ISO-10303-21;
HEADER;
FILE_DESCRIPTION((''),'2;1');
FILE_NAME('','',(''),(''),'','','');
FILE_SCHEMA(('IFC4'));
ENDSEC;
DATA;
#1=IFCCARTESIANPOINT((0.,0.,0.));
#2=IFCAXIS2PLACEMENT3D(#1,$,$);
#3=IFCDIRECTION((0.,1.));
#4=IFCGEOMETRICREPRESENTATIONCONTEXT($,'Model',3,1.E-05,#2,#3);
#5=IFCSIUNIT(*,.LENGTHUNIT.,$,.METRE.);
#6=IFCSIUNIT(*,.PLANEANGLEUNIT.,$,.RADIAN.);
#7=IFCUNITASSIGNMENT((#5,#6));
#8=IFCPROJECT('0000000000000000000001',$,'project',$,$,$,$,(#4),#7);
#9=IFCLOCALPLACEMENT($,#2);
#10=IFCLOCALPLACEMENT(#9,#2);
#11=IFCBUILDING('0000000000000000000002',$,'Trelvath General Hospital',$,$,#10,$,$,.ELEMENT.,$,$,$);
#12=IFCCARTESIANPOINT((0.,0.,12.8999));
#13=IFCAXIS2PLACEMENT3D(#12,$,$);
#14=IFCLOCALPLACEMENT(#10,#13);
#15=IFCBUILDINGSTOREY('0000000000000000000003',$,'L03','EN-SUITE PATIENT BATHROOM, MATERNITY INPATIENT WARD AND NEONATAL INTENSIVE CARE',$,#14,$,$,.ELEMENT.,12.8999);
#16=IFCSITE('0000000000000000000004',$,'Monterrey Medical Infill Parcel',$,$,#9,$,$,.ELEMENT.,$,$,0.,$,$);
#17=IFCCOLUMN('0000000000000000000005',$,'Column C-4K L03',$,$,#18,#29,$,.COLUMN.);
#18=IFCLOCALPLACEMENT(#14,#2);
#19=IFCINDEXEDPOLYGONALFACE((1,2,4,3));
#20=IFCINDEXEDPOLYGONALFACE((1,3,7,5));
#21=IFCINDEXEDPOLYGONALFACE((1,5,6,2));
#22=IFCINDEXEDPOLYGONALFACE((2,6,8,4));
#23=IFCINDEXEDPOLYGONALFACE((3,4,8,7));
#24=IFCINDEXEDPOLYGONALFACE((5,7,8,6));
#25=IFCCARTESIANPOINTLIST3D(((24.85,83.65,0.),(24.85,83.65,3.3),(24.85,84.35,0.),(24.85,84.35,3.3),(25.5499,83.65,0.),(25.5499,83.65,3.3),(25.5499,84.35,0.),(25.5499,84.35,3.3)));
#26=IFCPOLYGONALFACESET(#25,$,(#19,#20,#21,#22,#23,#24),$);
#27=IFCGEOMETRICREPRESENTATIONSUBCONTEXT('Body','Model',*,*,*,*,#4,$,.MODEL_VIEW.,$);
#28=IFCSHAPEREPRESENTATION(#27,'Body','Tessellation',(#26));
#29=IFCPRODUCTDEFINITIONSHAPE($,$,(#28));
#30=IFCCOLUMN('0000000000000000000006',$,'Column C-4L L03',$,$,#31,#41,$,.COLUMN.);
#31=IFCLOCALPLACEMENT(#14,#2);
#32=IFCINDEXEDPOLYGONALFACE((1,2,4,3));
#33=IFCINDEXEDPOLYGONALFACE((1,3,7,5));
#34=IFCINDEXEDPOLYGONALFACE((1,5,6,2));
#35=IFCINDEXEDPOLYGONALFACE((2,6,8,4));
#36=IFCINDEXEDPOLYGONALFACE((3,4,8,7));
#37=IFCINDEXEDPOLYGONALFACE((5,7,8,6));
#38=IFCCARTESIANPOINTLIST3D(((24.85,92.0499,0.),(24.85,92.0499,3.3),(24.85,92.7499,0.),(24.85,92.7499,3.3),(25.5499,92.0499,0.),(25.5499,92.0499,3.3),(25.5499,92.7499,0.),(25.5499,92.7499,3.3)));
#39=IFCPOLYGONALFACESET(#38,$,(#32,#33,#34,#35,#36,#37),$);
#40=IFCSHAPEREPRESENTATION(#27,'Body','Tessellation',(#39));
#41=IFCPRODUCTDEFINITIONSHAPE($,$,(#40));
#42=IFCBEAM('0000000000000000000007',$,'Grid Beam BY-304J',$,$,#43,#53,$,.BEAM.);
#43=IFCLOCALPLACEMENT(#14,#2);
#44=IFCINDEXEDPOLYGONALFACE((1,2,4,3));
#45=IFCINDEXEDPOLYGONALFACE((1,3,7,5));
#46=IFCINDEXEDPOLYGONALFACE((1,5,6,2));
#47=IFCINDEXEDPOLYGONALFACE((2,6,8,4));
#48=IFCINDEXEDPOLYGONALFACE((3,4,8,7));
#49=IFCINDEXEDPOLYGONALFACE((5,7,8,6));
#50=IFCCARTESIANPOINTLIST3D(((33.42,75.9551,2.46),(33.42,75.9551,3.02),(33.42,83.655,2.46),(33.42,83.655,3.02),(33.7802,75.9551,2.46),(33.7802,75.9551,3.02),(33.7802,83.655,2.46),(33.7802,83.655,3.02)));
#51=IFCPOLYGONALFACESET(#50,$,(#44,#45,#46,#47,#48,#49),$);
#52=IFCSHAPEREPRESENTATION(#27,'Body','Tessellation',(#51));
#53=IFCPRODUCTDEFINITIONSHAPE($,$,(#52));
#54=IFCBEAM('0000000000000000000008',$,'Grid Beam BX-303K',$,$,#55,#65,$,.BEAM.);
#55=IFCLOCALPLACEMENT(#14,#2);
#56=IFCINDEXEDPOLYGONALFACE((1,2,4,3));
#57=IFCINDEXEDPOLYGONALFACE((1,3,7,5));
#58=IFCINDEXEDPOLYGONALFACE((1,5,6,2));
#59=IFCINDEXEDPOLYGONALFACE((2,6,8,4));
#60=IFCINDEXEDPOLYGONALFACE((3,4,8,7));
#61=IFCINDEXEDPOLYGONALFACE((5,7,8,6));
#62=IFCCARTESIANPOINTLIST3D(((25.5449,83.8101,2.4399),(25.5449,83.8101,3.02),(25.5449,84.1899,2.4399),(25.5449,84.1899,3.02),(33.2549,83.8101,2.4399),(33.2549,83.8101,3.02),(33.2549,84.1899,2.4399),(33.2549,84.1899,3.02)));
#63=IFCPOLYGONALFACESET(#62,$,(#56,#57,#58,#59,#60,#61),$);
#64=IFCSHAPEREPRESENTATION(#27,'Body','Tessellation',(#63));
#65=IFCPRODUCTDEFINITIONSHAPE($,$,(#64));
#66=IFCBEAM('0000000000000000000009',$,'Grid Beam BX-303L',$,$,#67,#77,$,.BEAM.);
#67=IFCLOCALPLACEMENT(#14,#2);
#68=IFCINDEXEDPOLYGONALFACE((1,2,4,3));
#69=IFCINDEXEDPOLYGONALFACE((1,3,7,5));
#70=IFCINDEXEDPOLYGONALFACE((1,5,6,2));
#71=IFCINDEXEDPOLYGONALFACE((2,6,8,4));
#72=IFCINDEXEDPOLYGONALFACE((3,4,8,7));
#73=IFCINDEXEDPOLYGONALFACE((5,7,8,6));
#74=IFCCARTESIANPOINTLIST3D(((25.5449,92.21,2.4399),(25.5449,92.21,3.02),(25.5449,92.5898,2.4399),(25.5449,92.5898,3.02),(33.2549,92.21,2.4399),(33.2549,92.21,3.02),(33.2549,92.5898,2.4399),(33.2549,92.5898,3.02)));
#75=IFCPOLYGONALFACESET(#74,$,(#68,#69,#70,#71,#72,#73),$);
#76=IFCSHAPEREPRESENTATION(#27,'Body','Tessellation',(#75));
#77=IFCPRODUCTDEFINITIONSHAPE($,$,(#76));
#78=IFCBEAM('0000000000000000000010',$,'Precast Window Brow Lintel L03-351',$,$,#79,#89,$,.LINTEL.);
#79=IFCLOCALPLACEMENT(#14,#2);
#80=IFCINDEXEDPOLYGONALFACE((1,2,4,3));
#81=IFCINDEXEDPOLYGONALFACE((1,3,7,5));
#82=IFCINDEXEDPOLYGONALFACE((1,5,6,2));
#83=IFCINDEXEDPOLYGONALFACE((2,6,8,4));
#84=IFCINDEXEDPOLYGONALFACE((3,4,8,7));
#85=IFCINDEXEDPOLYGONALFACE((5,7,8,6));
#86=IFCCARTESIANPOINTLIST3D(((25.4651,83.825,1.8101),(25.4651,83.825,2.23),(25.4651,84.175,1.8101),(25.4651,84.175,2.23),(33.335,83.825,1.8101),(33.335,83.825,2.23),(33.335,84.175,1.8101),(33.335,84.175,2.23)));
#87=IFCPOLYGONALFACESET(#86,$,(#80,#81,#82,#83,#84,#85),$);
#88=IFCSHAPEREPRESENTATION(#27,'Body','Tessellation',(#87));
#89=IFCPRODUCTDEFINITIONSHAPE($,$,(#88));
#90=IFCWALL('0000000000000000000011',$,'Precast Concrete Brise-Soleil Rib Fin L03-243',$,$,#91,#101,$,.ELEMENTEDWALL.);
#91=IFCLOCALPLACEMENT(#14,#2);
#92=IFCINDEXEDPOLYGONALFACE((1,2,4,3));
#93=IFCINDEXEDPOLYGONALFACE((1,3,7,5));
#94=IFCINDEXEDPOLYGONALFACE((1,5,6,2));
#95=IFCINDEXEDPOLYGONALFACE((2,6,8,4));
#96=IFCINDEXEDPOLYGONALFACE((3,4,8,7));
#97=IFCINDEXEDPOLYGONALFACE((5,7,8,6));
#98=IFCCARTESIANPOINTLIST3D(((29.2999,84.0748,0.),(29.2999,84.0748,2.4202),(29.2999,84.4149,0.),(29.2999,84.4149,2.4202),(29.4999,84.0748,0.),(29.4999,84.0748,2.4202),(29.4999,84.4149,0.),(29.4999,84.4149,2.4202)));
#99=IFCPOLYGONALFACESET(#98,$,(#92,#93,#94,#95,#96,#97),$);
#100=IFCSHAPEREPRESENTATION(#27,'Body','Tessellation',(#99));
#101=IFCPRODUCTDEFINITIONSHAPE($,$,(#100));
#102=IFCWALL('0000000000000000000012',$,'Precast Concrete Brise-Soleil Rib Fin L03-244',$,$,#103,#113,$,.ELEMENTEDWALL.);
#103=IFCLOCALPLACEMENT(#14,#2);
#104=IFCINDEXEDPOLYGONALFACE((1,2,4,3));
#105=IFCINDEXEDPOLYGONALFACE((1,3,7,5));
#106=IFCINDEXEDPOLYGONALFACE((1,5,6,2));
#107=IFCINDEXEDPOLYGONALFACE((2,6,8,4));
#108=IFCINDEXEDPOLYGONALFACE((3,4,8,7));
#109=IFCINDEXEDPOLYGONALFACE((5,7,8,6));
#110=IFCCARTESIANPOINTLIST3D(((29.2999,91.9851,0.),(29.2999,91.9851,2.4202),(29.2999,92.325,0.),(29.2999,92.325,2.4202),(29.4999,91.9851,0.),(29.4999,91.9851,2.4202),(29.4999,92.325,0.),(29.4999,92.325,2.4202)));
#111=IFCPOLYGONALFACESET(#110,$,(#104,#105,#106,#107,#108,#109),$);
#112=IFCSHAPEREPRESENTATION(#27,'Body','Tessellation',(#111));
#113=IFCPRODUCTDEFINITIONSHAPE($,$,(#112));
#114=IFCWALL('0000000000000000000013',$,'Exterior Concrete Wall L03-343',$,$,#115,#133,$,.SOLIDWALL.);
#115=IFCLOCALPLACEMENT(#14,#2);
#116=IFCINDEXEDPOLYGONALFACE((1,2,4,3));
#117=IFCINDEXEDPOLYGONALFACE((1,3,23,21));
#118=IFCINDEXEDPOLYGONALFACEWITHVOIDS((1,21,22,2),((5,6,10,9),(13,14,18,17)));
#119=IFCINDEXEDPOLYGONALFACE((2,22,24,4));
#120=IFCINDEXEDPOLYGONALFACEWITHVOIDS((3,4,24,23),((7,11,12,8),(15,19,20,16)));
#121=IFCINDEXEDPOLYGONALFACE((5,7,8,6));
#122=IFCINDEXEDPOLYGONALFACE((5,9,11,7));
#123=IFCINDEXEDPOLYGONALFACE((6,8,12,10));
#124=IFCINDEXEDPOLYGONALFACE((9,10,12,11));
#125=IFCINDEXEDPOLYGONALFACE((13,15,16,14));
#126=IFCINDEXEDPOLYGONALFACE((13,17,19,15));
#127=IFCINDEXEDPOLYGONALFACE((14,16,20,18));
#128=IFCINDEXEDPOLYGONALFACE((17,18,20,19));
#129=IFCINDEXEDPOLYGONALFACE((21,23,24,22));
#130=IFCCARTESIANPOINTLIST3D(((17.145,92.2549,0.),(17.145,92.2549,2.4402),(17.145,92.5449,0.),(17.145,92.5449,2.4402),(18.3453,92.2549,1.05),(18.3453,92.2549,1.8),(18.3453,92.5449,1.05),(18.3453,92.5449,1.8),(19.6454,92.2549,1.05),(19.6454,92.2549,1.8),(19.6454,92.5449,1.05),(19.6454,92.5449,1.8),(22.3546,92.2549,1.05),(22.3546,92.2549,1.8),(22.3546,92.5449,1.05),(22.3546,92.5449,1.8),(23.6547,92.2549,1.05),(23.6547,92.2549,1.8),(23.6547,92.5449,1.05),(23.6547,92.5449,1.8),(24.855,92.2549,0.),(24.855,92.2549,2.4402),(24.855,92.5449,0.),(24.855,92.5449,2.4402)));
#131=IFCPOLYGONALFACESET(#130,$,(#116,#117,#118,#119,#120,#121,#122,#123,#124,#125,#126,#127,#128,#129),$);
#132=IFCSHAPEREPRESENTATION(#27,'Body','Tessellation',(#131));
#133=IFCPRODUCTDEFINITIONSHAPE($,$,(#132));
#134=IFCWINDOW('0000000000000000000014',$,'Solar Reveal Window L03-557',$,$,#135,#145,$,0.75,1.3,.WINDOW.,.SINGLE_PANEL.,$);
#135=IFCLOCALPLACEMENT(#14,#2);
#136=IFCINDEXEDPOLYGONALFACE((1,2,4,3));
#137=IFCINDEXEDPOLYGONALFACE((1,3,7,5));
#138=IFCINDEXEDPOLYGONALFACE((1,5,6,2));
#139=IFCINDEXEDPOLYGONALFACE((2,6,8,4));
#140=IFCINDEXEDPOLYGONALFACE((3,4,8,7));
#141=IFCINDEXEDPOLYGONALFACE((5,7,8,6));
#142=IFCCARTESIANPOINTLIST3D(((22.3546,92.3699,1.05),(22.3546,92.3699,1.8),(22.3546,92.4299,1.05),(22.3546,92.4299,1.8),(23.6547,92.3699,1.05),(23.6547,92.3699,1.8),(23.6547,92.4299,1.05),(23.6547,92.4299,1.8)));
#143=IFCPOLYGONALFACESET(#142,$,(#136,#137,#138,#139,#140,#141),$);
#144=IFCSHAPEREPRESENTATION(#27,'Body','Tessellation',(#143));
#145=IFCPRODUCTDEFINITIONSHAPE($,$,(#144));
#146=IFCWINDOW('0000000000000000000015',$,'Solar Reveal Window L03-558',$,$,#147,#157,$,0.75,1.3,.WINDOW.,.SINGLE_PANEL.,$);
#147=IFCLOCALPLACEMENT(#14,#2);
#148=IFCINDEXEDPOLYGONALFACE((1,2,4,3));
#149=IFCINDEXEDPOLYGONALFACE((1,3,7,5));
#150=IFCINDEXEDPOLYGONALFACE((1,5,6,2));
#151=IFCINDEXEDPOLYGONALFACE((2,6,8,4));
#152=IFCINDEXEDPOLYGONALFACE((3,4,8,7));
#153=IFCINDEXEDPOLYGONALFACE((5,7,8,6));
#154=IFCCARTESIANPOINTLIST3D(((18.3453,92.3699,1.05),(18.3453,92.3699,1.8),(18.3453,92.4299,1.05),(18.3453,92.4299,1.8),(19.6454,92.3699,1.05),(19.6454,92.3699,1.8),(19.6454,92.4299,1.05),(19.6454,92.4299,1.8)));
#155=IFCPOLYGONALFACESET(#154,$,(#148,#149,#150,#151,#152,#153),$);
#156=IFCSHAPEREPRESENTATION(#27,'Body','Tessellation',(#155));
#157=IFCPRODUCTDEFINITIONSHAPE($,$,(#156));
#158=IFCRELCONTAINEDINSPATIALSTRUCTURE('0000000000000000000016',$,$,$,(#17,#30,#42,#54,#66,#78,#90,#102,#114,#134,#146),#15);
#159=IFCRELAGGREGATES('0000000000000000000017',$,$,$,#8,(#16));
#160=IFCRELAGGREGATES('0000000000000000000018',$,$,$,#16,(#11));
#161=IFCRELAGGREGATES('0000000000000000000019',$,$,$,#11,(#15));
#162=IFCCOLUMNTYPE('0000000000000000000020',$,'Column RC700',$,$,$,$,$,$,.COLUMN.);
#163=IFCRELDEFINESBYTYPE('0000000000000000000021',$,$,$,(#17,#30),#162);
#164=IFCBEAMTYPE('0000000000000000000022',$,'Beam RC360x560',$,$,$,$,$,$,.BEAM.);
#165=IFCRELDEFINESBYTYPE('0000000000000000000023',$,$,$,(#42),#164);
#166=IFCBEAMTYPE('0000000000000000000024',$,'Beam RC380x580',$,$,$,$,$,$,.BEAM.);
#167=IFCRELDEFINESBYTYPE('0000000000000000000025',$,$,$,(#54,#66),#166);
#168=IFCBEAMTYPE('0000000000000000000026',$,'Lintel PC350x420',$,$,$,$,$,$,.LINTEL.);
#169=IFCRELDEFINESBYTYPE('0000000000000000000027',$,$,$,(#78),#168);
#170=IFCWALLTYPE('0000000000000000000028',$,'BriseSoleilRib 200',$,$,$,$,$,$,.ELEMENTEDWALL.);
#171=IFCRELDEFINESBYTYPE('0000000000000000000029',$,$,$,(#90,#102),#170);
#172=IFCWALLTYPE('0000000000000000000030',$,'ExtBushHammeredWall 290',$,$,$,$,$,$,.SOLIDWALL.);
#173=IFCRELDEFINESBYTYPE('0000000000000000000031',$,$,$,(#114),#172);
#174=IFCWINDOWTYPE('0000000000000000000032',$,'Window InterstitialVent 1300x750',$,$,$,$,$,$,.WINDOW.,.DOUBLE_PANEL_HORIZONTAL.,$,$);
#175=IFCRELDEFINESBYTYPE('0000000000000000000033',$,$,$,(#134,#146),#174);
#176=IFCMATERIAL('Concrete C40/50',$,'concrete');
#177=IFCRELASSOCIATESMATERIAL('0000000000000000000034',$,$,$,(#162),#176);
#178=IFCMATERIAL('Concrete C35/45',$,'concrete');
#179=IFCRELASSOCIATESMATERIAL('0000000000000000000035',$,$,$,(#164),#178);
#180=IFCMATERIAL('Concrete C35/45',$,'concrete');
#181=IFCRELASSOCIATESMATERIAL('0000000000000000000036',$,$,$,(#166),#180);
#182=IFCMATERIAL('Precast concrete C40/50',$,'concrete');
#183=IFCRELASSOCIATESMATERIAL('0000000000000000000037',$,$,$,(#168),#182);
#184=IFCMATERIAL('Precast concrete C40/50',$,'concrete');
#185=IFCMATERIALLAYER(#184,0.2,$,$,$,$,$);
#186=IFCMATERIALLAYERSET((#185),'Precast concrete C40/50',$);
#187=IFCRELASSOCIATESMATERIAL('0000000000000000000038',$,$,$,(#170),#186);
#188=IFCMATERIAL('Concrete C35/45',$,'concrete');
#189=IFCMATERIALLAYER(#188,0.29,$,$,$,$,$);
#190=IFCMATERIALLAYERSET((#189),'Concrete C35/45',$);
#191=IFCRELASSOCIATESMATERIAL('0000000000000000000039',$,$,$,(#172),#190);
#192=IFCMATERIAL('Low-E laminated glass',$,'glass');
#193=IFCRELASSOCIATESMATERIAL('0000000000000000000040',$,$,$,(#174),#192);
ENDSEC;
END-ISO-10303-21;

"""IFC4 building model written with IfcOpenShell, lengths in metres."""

from ifc_helpers import new_model, si_unit, direction, frame, frame_2d, origin, origin_2d, place, context, subcontext, project, spatial, rectangle, extrude, material, layer, layer_set, material_profile, profile_set, type_object, element, fill, save


model = new_model("IFC4")

# Units and contexts
model_context = context("Model", 3, precision=1e-05, world=origin(), true_north=direction((0.0, 1.0)))
body_context = subcontext(model_context, "Body", "Model", "MODEL_VIEW")
ifc_project = project(units=[si_unit("LENGTHUNIT", "METRE"), si_unit("PLANEANGLEUNIT", "RADIAN")], contexts=[model_context])

# Site, building, storey
site_placement = place(None, origin())
site = spatial("IfcSite", under=ifc_project, at=site_placement, Name="Monterrey Medical Infill Parcel", CompositionType="ELEMENT", RefElevation=0.0)
building_placement = place(site_placement, origin())
building = spatial("IfcBuilding", under=site, at=building_placement, Name="Trelvath General Hospital", CompositionType="ELEMENT")
storey_placement = place(building_placement, frame((0.0, 0.0, 12.8999)))
storey = spatial("IfcBuildingStorey", under=building, at=storey_placement, Name="L03", Description="EN-SUITE PATIENT BATHROOM, MATERNITY INPATIENT WARD AND NEONATAL INTENSIVE CARE", CompositionType="ELEMENT", Elevation=12.8999)

# Columns
ifc_material_1 = material(Name="Concrete C40/50", Category="concrete")
ifc_material_profile_1 = material_profile(ifc_material_1, rectangle(XDim=0.7, YDim=0.7, at=origin_2d()), Name="RC700x700")
ifc_profile_set_1 = profile_set([ifc_material_profile_1], Name="Concrete C40/50")
column_type = type_object("IfcColumnType", Name="Column RC700", PredefinedType="COLUMN", material=ifc_profile_set_1)
for number, where, z_axis, x_axis, name in (
    (1, (25.2, 84.0, 0.0), (0.0, 0.0, 1.0), (1.0, 0.0, 0.0), "Column C-4K L03"),
    (2, (25.2, 92.3999, 0.0), (0.0, 0.0, 1.0), (1.0, 0.0, 0.0), "Column C-4L L03"),
):
    element("IfcColumn", number, at=place(storey_placement, frame(where, z_axis=z_axis, x_axis=x_axis)), inside=storey, type_object=column_type, Name=name, PredefinedType="COLUMN", context=body_context, shape_type="SweptSolid", body=[
        extrude(rectangle(XDim=0.7, YDim=0.7, at=origin_2d()), origin(), (0.0, 0.0, 1.0), 3.3),
    ])

# Beams
ifc_material_2 = material(Name="Concrete C35/45", Category="concrete")
ifc_material_profile_2 = material_profile(ifc_material_2, rectangle(XDim=0.3601, YDim=0.5601, at=origin_2d()), Name="RCB360x560")
ifc_profile_set_2 = profile_set([ifc_material_profile_2], Name="Concrete C35/45")
beam_type_1 = type_object("IfcBeamType", Name="Beam RC360x560", PredefinedType="BEAM", material=ifc_profile_set_2)
beam_1_placement = place(storey_placement, frame((33.6001, 75.9551, 2.74), z_axis=(0.0, 1.0, 0.0), x_axis=(-1.0, 0.0, 0.0)))
element("IfcBeam", 3, at=beam_1_placement, inside=storey, type_object=beam_type_1, Name="Grid Beam BY-304J", PredefinedType="BEAM", context=body_context, shape_type="SweptSolid", body=[
    extrude(rectangle(XDim=0.3601, YDim=0.5601, at=origin_2d()), origin(), (0.0, 0.0, 1.0), 7.7),
])
ifc_material_3 = material(Name="Concrete C35/45", Category="concrete")
ifc_material_profile_3 = material_profile(ifc_material_3, rectangle(XDim=0.3799, YDim=0.5801, at=origin_2d()), Name="RCB380x580")
ifc_profile_set_3 = profile_set([ifc_material_profile_3], Name="Concrete C35/45")
beam_type_2 = type_object("IfcBeamType", Name="Beam RC380x580", PredefinedType="BEAM", material=ifc_profile_set_3)
for number, where, z_axis, x_axis, name in (
    (4, (25.5449, 84.0, 2.73), (1.0, 0.0, 0.0), (0.0, 1.0, 0.0), "Grid Beam BX-303K"),
    (5, (25.5449, 92.3999, 2.73), (1.0, 0.0, 0.0), (0.0, 1.0, 0.0), "Grid Beam BX-303L"),
):
    element("IfcBeam", number, at=place(storey_placement, frame(where, z_axis=z_axis, x_axis=x_axis)), inside=storey, type_object=beam_type_2, Name=name, PredefinedType="BEAM", context=body_context, shape_type="SweptSolid", body=[
        extrude(rectangle(XDim=0.3799, YDim=0.5801, at=origin_2d()), origin(), (0.0, 0.0, 1.0), 7.71),
    ])
ifc_material_4 = material(Name="Precast concrete C40/50", Category="concrete")
ifc_material_profile_4 = material_profile(ifc_material_4, rectangle(XDim=0.3501, YDim=0.4199, at=origin_2d()), Name="PCL350x420")
ifc_profile_set_4 = profile_set([ifc_material_profile_4], Name="Precast concrete C40/50")
beam_type_3 = type_object("IfcBeamType", Name="Lintel PC350x420", PredefinedType="LINTEL", material=ifc_profile_set_4)
beam_2_placement = place(storey_placement, frame((25.4651, 84.0, 2.02), z_axis=(1.0, 0.0, 0.0), x_axis=(0.0, 1.0, 0.0)))
element("IfcBeam", 6, at=beam_2_placement, inside=storey, type_object=beam_type_3, Name="Precast Window Brow Lintel L03-351", PredefinedType="LINTEL", context=body_context, shape_type="SweptSolid", body=[
    extrude(rectangle(XDim=0.3501, YDim=0.4199, at=origin_2d()), origin(), (0.0, 0.0, 1.0), 7.8699),
])

# Walls
ifc_material_5 = material(Name="Precast concrete C40/50", Category="concrete")
ifc_layer_1 = layer(ifc_material_5, 0.2)
ifc_layer_set_1 = layer_set([ifc_layer_1], Name="Precast concrete C40/50")
wall_type_1 = type_object("IfcWallType", Name="BriseSoleilRib 200", PredefinedType="ELEMENTEDWALL", material=ifc_layer_set_1)
wall_1_placement = place(storey_placement, frame((29.3999, 84.075, 0.0), z_axis=(0.0, 0.0, 1.0), x_axis=(0.0, 1.0, 0.0)))
element("IfcWall", 7, at=wall_1_placement, inside=storey, type_object=wall_type_1, Name="Precast Concrete Brise-Soleil Rib Fin L03-243", PredefinedType="ELEMENTEDWALL", context=body_context, shape_type="SweptSolid", body=[
    extrude(rectangle(XDim=0.3401, YDim=0.2, at=frame_2d((0.1699, 0.0))), origin(), (0.0, 0.0, 1.0), 2.4202),
])
wall_2_placement = place(storey_placement, frame((29.3999, 92.325, 0.0), z_axis=(0.0, 0.0, 1.0), x_axis=(0.0, -1.0, 0.0)))
element("IfcWall", 8, at=wall_2_placement, inside=storey, type_object=wall_type_1, Name="Precast Concrete Brise-Soleil Rib Fin L03-244", PredefinedType="ELEMENTEDWALL", context=body_context, shape_type="SweptSolid", body=[
    extrude(rectangle(XDim=0.3398, YDim=0.2, at=frame_2d((0.1699, 0.0))), origin(), (0.0, 0.0, 1.0), 2.4202),
])

# Wall, openings, windows
ifc_material_6 = material(Name="Concrete C35/45", Category="concrete")
ifc_layer_2 = layer(ifc_material_6, 0.29)
ifc_layer_set_2 = layer_set([ifc_layer_2], Name="Concrete C35/45")
wall_type_2 = type_object("IfcWallType", Name="ExtBushHammeredWall 290", PredefinedType="SOLIDWALL", material=ifc_layer_set_2)
wall_3_placement = place(storey_placement, frame((24.855, 92.3999, 0.0), z_axis=(0.0, 0.0, 1.0), x_axis=(-1.0, 0.0, 0.0)))
wall_3 = element("IfcWall", 9, at=wall_3_placement, inside=storey, type_object=wall_type_2, Name="Exterior Concrete Wall L03-343", PredefinedType="SOLIDWALL", context=body_context, shape_type="SweptSolid", body=[
    extrude(rectangle(XDim=7.71, YDim=0.29, at=frame_2d((3.855, 0.0))), origin(), (0.0, 0.0, 1.0), 2.4402),
])
opening_1_placement = place(wall_3_placement, frame((1.2004, 0.0, 1.05)))
opening_1 = element("IfcOpeningElement", 10, at=opening_1_placement, cuts=wall_3, PredefinedType="OPENING", context=body_context, shape_type="SweptSolid", body=[
    extrude(rectangle(XDim=1.3, YDim=0.75, at=frame_2d((0.6499, 0.375))), frame((0.0, 0.155, 0.0), z_axis=(0.0, -1.0, 0.0), x_axis=(1.0, 0.0, 0.0)), (0.0, 0.0, 1.0), 0.3101),
])
opening_2_placement = place(wall_3_placement, frame((5.2097, 0.0, 1.05)))
opening_2 = element("IfcOpeningElement", 11, at=opening_2_placement, cuts=wall_3, PredefinedType="OPENING", context=body_context, shape_type="SweptSolid", body=[
    extrude(rectangle(XDim=1.3, YDim=0.75, at=frame_2d((0.6499, 0.375))), frame((0.0, 0.155, 0.0), z_axis=(0.0, -1.0, 0.0), x_axis=(1.0, 0.0, 0.0)), (0.0, 0.0, 1.0), 0.3101),
])
ifc_material_7 = material(Name="Low-E laminated glass", Category="glass")
window_type_1 = type_object("IfcWindowType", Name="Window InterstitialVent 1300x750", PartitioningType="DOUBLE_PANEL_HORIZONTAL", PredefinedType="WINDOW", material=ifc_material_7)
window_1_placement = place(opening_1_placement, origin())
window_1 = element("IfcWindow", 12, at=window_1_placement, inside=storey, type_object=window_type_1, Name="Solar Reveal Window L03-557", OverallHeight=0.75, OverallWidth=1.3, PartitioningType="SINGLE_PANEL", PredefinedType="WINDOW", context=body_context, shape_type="SweptSolid", body=[
    extrude(rectangle(XDim=1.3, YDim=0.75, at=frame_2d((0.6499, 0.375))), frame((0.0, 0.03, 0.0), z_axis=(0.0, -1.0, 0.0), x_axis=(1.0, 0.0, 0.0)), (0.0, 0.0, 1.0), 0.0601),
])
fill(opening_1, window_1)
window_2_placement = place(opening_2_placement, origin())
window_2 = element("IfcWindow", 13, at=window_2_placement, inside=storey, type_object=window_type_1, Name="Solar Reveal Window L03-558", OverallHeight=0.75, OverallWidth=1.3, PartitioningType="SINGLE_PANEL", PredefinedType="WINDOW", context=body_context, shape_type="SweptSolid", body=[
    extrude(rectangle(XDim=1.3, YDim=0.75, at=frame_2d((0.6499, 0.375))), frame((0.0, 0.03, 0.0), z_axis=(0.0, -1.0, 0.0), x_axis=(1.0, 0.0, 0.0)), (0.0, 0.0, 1.0), 0.0601),
])
fill(opening_2, window_2)

save(model, "model.ifc")
